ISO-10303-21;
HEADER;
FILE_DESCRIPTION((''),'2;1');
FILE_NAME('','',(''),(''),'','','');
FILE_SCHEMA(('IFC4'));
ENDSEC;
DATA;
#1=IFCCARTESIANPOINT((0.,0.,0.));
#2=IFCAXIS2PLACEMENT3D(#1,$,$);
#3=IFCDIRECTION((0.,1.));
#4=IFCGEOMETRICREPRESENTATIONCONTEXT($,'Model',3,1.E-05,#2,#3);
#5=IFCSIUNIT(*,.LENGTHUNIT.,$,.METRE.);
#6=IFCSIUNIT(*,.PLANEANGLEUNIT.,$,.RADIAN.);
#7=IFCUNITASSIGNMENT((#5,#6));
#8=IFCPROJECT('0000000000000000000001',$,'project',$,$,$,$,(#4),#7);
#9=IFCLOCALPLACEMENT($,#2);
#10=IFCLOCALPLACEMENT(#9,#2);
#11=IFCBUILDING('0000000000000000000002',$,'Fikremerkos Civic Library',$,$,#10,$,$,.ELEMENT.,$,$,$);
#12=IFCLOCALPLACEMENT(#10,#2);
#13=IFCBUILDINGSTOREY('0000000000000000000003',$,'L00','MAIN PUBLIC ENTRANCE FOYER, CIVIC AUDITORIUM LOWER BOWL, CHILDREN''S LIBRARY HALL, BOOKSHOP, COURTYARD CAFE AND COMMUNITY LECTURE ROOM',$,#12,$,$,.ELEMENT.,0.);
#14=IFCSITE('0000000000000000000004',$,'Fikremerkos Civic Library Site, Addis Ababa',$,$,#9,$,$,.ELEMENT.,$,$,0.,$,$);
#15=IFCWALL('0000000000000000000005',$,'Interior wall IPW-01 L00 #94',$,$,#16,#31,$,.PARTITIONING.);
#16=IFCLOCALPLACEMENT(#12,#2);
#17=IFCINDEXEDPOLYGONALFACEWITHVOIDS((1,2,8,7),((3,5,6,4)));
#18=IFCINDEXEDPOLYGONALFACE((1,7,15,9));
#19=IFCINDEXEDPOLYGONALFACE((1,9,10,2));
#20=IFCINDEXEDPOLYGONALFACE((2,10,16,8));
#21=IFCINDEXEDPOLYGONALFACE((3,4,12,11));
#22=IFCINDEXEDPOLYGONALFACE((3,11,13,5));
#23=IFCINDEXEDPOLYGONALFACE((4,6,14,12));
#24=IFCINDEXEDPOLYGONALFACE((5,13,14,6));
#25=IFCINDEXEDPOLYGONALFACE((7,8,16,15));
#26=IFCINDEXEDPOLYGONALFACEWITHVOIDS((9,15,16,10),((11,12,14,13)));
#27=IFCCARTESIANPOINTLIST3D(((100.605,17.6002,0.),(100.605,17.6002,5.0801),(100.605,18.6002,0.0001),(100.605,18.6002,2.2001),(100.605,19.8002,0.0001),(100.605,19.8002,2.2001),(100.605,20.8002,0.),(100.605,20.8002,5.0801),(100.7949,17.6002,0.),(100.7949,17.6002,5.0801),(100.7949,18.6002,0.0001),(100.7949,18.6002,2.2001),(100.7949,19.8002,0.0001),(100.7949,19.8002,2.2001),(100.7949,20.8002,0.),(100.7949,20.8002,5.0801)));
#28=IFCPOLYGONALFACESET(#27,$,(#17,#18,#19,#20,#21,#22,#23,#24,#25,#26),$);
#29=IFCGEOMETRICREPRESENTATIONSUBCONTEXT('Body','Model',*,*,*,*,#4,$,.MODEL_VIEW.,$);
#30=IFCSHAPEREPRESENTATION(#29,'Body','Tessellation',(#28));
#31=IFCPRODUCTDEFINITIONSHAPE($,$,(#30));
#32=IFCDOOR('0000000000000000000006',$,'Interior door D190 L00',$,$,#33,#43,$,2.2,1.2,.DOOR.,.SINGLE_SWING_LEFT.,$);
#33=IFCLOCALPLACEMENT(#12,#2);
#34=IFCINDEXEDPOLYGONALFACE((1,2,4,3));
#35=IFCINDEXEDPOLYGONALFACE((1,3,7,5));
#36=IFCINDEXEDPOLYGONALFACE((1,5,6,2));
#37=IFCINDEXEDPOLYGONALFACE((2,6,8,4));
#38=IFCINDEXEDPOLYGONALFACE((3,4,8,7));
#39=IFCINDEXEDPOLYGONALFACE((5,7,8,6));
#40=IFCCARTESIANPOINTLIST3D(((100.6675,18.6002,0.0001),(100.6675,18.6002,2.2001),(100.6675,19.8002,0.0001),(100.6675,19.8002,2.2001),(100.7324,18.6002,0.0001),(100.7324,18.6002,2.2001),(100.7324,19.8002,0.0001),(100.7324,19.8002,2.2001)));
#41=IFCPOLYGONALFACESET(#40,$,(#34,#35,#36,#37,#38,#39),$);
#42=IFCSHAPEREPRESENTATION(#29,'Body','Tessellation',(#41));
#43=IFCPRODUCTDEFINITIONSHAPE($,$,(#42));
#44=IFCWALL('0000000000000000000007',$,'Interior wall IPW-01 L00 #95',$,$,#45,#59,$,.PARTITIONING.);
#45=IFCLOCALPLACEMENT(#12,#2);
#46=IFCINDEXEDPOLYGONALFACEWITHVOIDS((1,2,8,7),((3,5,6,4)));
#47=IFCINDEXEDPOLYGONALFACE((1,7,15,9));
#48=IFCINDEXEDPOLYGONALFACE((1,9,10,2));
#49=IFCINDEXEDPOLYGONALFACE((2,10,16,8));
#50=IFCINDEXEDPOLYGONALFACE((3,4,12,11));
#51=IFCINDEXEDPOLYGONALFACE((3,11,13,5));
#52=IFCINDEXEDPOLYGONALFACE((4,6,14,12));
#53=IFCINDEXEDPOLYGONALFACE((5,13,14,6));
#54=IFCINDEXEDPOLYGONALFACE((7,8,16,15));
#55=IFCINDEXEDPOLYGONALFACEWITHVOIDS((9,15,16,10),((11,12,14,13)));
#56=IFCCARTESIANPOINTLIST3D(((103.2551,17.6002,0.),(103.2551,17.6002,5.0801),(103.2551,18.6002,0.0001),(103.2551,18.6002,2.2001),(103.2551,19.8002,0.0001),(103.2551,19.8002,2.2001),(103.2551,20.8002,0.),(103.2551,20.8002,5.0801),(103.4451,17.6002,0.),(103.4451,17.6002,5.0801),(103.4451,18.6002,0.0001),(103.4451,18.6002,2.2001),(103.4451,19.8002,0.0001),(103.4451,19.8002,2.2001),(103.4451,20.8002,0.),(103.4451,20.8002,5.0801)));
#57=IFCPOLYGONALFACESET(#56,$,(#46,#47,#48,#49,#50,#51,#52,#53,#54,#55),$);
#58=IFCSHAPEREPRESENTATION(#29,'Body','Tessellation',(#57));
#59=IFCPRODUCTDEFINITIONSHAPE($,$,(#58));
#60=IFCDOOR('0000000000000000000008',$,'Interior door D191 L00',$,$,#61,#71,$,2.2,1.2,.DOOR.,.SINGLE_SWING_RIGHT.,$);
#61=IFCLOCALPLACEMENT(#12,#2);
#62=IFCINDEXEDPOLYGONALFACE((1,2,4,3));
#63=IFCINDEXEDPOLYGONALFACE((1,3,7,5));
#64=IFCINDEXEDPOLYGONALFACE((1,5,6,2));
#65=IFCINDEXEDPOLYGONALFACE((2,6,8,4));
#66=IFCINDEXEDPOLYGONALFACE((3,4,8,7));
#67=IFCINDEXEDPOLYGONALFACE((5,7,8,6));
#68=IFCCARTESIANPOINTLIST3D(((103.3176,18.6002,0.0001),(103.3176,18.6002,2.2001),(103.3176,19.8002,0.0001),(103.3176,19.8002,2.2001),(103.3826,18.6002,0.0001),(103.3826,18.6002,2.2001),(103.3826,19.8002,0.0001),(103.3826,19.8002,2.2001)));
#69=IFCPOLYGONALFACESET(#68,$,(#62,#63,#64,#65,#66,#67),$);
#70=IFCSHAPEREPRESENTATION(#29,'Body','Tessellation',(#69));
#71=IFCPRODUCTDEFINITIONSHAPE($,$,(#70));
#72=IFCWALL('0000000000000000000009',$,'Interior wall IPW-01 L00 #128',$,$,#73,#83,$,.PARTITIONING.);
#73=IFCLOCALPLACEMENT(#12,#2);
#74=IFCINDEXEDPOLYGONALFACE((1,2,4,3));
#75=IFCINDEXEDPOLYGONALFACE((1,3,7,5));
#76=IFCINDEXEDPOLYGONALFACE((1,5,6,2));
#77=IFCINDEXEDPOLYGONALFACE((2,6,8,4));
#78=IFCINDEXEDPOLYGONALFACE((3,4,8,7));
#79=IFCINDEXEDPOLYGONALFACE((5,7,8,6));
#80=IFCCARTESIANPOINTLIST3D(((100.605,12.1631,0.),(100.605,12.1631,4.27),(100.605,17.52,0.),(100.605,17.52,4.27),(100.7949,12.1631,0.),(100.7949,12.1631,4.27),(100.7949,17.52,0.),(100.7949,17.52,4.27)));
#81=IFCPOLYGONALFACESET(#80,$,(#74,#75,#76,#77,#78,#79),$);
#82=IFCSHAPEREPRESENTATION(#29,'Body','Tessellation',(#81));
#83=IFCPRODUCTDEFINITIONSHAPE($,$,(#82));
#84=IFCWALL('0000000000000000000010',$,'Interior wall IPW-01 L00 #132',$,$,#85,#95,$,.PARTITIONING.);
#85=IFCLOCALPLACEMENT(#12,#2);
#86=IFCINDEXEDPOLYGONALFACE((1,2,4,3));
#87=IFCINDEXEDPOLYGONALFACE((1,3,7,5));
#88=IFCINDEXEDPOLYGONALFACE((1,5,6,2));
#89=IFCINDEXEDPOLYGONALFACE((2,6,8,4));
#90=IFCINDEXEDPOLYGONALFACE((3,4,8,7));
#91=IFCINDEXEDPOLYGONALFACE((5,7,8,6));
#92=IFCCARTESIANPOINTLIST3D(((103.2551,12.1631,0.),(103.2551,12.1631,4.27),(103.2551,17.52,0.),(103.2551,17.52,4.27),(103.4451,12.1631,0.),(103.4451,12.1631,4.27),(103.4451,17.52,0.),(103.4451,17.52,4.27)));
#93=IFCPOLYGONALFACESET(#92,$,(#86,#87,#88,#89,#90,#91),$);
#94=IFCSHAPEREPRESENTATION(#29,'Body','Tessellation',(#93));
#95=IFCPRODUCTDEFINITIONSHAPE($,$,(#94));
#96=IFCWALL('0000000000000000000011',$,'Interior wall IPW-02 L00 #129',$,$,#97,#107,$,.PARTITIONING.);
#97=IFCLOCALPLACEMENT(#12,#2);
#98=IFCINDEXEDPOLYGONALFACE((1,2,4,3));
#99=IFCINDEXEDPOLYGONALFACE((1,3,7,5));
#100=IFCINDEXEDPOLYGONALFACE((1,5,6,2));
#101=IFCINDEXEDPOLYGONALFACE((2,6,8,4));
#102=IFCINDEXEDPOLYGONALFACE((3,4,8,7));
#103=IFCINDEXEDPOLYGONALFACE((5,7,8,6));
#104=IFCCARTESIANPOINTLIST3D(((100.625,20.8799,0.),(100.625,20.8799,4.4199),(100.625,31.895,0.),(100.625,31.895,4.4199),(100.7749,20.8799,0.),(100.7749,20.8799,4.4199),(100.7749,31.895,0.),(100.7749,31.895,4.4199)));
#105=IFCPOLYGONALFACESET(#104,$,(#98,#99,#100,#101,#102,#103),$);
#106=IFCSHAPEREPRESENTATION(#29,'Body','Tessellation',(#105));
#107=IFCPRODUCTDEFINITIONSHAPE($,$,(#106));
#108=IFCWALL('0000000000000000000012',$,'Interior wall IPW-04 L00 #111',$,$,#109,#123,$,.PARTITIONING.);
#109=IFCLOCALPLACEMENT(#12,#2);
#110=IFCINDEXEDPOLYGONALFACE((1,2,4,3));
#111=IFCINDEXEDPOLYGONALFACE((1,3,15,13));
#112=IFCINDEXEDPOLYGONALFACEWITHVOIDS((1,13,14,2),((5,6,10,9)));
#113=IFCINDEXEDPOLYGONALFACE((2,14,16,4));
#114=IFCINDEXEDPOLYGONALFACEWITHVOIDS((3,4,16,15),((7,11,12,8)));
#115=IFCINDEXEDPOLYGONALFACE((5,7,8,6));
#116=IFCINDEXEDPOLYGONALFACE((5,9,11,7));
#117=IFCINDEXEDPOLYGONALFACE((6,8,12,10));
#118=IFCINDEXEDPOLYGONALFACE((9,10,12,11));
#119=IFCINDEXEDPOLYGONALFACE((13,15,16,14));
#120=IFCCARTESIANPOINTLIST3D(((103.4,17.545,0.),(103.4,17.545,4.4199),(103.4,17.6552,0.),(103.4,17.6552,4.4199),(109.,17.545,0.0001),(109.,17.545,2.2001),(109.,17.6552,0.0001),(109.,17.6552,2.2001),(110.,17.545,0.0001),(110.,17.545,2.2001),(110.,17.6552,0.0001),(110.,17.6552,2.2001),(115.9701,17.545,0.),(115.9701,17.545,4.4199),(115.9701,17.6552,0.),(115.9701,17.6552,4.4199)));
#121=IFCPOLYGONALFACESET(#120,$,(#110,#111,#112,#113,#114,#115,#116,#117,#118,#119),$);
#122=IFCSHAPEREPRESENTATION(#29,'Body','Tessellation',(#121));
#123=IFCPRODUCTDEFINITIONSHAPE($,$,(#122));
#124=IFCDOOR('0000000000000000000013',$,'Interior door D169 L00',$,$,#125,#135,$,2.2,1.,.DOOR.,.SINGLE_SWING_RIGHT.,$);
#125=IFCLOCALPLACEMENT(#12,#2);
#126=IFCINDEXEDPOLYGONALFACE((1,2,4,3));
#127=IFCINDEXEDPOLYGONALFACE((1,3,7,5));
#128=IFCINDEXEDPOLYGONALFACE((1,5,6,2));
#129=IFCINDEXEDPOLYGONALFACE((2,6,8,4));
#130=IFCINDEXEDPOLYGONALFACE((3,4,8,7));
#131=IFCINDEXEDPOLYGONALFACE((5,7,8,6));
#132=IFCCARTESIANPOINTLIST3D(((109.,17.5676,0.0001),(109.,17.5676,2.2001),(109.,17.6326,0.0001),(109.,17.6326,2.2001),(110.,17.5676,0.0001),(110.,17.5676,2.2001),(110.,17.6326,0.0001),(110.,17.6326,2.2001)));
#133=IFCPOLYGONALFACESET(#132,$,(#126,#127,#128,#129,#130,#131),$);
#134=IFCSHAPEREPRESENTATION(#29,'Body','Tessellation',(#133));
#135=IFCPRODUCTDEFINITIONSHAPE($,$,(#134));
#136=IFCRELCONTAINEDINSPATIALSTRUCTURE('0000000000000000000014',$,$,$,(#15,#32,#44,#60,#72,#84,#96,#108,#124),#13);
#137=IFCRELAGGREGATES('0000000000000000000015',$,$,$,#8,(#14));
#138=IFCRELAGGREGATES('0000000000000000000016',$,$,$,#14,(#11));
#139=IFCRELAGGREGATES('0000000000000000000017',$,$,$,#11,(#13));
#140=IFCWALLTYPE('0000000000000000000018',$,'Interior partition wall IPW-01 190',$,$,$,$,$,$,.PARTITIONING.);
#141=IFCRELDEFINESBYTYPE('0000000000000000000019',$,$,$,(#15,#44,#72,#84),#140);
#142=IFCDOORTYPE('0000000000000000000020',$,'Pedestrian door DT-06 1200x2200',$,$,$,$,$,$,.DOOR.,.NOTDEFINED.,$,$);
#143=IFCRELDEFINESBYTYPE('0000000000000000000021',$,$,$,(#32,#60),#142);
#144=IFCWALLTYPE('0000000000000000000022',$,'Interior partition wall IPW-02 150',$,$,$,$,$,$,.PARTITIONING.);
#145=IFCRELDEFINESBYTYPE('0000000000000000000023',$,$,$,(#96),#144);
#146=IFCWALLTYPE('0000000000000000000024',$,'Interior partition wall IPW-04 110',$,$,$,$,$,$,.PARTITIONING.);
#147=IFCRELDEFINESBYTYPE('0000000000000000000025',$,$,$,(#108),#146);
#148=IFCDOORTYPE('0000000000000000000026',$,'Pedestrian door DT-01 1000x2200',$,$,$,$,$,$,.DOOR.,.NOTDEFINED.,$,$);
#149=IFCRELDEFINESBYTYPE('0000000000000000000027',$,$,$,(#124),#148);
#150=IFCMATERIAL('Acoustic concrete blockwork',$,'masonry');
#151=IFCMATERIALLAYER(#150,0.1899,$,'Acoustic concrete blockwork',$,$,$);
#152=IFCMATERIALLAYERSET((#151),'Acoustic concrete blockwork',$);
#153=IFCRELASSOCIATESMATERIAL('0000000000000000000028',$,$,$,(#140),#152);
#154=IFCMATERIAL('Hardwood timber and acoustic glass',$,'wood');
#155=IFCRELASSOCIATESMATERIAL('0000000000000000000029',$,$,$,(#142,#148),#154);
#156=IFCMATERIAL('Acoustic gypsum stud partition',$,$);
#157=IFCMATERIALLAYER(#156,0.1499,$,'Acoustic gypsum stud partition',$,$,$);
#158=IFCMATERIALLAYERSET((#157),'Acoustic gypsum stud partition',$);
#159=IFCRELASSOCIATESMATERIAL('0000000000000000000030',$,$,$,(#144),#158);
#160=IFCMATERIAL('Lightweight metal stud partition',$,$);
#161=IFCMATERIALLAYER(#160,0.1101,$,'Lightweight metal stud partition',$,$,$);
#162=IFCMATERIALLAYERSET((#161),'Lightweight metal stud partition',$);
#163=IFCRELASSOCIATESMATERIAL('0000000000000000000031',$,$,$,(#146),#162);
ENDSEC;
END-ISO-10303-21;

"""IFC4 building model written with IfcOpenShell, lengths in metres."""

from ifc_helpers import new_model, si_unit, direction, frame, frame_2d, origin, place, context, subcontext, project, spatial, rectangle, extrude, material, layer, layer_set, type_object, element, fill, save


model = new_model("IFC4")

# Units and contexts
model_context = context("Model", 3, precision=1e-05, world=origin(), true_north=direction((0.0, 1.0)))
body_context = subcontext(model_context, "Body", "Model", "MODEL_VIEW")
ifc_project = project(units=[si_unit("LENGTHUNIT", "METRE"), si_unit("PLANEANGLEUNIT", "RADIAN")], contexts=[model_context])

# Site, building, storey
site_placement = place(None, origin())
site = spatial("IfcSite", under=ifc_project, at=site_placement, Name="Fikremerkos Civic Library Site, Addis Ababa", CompositionType="ELEMENT", RefElevation=0.0)
building_placement = place(site_placement, origin())
building = spatial("IfcBuilding", under=site, at=building_placement, Name="Fikremerkos Civic Library", CompositionType="ELEMENT")
storey_placement = place(building_placement, origin())
storey = spatial("IfcBuildingStorey", under=building, at=storey_placement, Name="L00", Description="MAIN PUBLIC ENTRANCE FOYER, CIVIC AUDITORIUM LOWER BOWL, CHILDREN'S LIBRARY HALL, BOOKSHOP, COURTYARD CAFE AND COMMUNITY LECTURE ROOM", CompositionType="ELEMENT", Elevation=0.0)

# Walls, openings, doors
ifc_material_1 = material(Name="Acoustic concrete blockwork", Category="masonry")
ifc_layer_1 = layer(ifc_material_1, 0.1899, Name="Acoustic concrete blockwork")
ifc_layer_set_1 = layer_set([ifc_layer_1], Name="Acoustic concrete blockwork")
wall_type_1 = type_object("IfcWallType", Name="Interior partition wall IPW-01 190", PredefinedType="PARTITIONING", material=ifc_layer_set_1)
wall_1_placement = place(storey_placement, frame((100.7, 17.6001, 0.0), z_axis=(0.0, 0.0, 1.0), x_axis=(0.0, 1.0, 0.0)))
wall_1 = element("IfcWall", 1, at=wall_1_placement, inside=storey, type_object=wall_type_1, Name="Interior wall IPW-01 L00 #94", PredefinedType="PARTITIONING", context=body_context, shape_type="SweptSolid", body=[
    extrude(rectangle(XDim=3.2, YDim=0.1899, at=frame_2d((1.6001, 0.0))), origin(), (0.0, 0.0, 1.0), 5.0801),
])
opening_1_placement = place(wall_1_placement, frame((1.0, 0.0, 0.0)))
opening_1 = element("IfcOpeningElement", 2, at=opening_1_placement, cuts=wall_1, PredefinedType="OPENING", context=body_context, shape_type="SweptSolid", body=[
    extrude(rectangle(XDim=1.2, YDim=2.2, at=frame_2d((0.6001, 1.1001))), frame((0.0, 0.105, 0.0), z_axis=(0.0, -1.0, 0.0), x_axis=(1.0, 0.0, 0.0)), (0.0, 0.0, 1.0), 0.21),
])
ifc_material_2 = material(Name="Hardwood timber and acoustic glass", Category="wood")
door_type_1 = type_object("IfcDoorType", Name="Pedestrian door DT-06 1200x2200", OperationType="NOTDEFINED", PredefinedType="DOOR", material=ifc_material_2)
door_1_placement = place(opening_1_placement, origin())
door_1 = element("IfcDoor", 3, at=door_1_placement, inside=storey, type_object=door_type_1, Name="Interior door D190 L00", OperationType="SINGLE_SWING_LEFT", OverallHeight=2.2, OverallWidth=1.2, PredefinedType="DOOR", context=body_context, shape_type="SweptSolid", body=[
    extrude(rectangle(XDim=1.2, YDim=2.2, at=frame_2d((0.6001, 1.1001))), frame((0.0, 0.0325, 0.0), z_axis=(0.0, -1.0, 0.0), x_axis=(1.0, 0.0, 0.0)), (0.0, 0.0, 1.0), 0.0649),
])
fill(opening_1, door_1)
wall_2_placement = place(storey_placement, frame((103.3501, 17.6001, 0.0), z_axis=(0.0, 0.0, 1.0), x_axis=(0.0, 1.0, 0.0)))
wall_2 = element("IfcWall", 4, at=wall_2_placement, inside=storey, type_object=wall_type_1, Name="Interior wall IPW-01 L00 #95", PredefinedType="PARTITIONING", context=body_context, shape_type="SweptSolid", body=[
    extrude(rectangle(XDim=3.2, YDim=0.1899, at=frame_2d((1.6001, 0.0))), origin(), (0.0, 0.0, 1.0), 5.0801),
])
opening_2_placement = place(wall_2_placement, frame((1.0, 0.0, 0.0)))
opening_2 = element("IfcOpeningElement", 5, at=opening_2_placement, cuts=wall_2, PredefinedType="OPENING", context=body_context, shape_type="SweptSolid", body=[
    extrude(rectangle(XDim=1.2, YDim=2.2, at=frame_2d((0.6001, 1.1001))), frame((0.0, 0.105, 0.0), z_axis=(0.0, -1.0, 0.0), x_axis=(1.0, 0.0, 0.0)), (0.0, 0.0, 1.0), 0.21),
])
door_2_placement = place(opening_2_placement, origin())
door_2 = element("IfcDoor", 6, at=door_2_placement, inside=storey, type_object=door_type_1, Name="Interior door D191 L00", OperationType="SINGLE_SWING_RIGHT", OverallHeight=2.2, OverallWidth=1.2, PredefinedType="DOOR", context=body_context, shape_type="SweptSolid", body=[
    extrude(rectangle(XDim=1.2, YDim=2.2, at=frame_2d((0.6001, 1.1001))), frame((0.0, 0.0325, 0.0), z_axis=(0.0, -1.0, 0.0), x_axis=(1.0, 0.0, 0.0)), (0.0, 0.0, 1.0), 0.0649),
])
fill(opening_2, door_2)

# Walls
for number, where, z_axis, x_axis, name in (
    (7, (100.7, 12.1631, 0.0), (0.0, 0.0, 1.0), (0.0, 1.0, 0.0), "Interior wall IPW-01 L00 #128"),
    (8, (103.3501, 12.1631, 0.0), (0.0, 0.0, 1.0), (0.0, 1.0, 0.0), "Interior wall IPW-01 L00 #132"),
):
    element("IfcWall", number, at=place(storey_placement, frame(where, z_axis=z_axis, x_axis=x_axis)), inside=storey, type_object=wall_type_1, Name=name, PredefinedType="PARTITIONING", context=body_context, shape_type="SweptSolid", body=[
        extrude(rectangle(XDim=5.3569, YDim=0.1899, at=frame_2d((2.6785, 0.0))), origin(), (0.0, 0.0, 1.0), 4.27),
    ])
ifc_material_3 = material(Name="Acoustic gypsum stud partition")
ifc_layer_2 = layer(ifc_material_3, 0.1499, Name="Acoustic gypsum stud partition")
ifc_layer_set_2 = layer_set([ifc_layer_2], Name="Acoustic gypsum stud partition")
wall_type_2 = type_object("IfcWallType", Name="Interior partition wall IPW-02 150", PredefinedType="PARTITIONING", material=ifc_layer_set_2)
wall_3_placement = place(storey_placement, frame((100.7, 20.8799, 0.0), z_axis=(0.0, 0.0, 1.0), x_axis=(0.0, 1.0, 0.0)))
element("IfcWall", 9, at=wall_3_placement, inside=storey, type_object=wall_type_2, Name="Interior wall IPW-02 L00 #129", PredefinedType="PARTITIONING", context=body_context, shape_type="SweptSolid", body=[
    extrude(rectangle(XDim=11.0151, YDim=0.1499, at=frame_2d((5.5076, 0.0))), origin(), (0.0, 0.0, 1.0), 4.4199),
])

# Wall, opening, door
ifc_material_4 = material(Name="Lightweight metal stud partition")
ifc_layer_3 = layer(ifc_material_4, 0.1101, Name="Lightweight metal stud partition")
ifc_layer_set_3 = layer_set([ifc_layer_3], Name="Lightweight metal stud partition")
wall_type_3 = type_object("IfcWallType", Name="Interior partition wall IPW-04 110", PredefinedType="PARTITIONING", material=ifc_layer_set_3)
wall_4_placement = place(storey_placement, frame((103.3999, 17.6001, 0.0), z_axis=(0.0, 0.0, 1.0), x_axis=(1.0, 0.0, 0.0)))
wall_4 = element("IfcWall", 10, at=wall_4_placement, inside=storey, type_object=wall_type_3, Name="Interior wall IPW-04 L00 #111", PredefinedType="PARTITIONING", context=body_context, shape_type="SweptSolid", body=[
    extrude(rectangle(XDim=12.5701, YDim=0.1101, at=frame_2d((6.2852, 0.0))), origin(), (0.0, 0.0, 1.0), 4.4199),
])
opening_3_placement = place(wall_4_placement, frame((5.6001, 0.0, 0.0)))
opening_3 = element("IfcOpeningElement", 11, at=opening_3_placement, cuts=wall_4, PredefinedType="OPENING", context=body_context, shape_type="SweptSolid", body=[
    extrude(rectangle(XDim=1.0, YDim=2.2, at=frame_2d((0.5, 1.1001))), frame((0.0, 0.0649, 0.0), z_axis=(0.0, -1.0, 0.0), x_axis=(1.0, 0.0, 0.0)), (0.0, 0.0, 1.0), 0.1301),
])
door_type_2 = type_object("IfcDoorType", Name="Pedestrian door DT-01 1000x2200", OperationType="NOTDEFINED", PredefinedType="DOOR", material=ifc_material_2)
door_3_placement = place(opening_3_placement, origin())
door_3 = element("IfcDoor", 12, at=door_3_placement, inside=storey, type_object=door_type_2, Name="Interior door D169 L00", OperationType="SINGLE_SWING_RIGHT", OverallHeight=2.2, OverallWidth=1.0, PredefinedType="DOOR", context=body_context, shape_type="SweptSolid", body=[
    extrude(rectangle(XDim=1.0, YDim=2.2, at=frame_2d((0.5, 1.1001))), frame((0.0, 0.0325, 0.0), z_axis=(0.0, -1.0, 0.0), x_axis=(1.0, 0.0, 0.0)), (0.0, 0.0, 1.0), 0.0649),
])
fill(opening_3, door_3)

save(model, "model.ifc")
